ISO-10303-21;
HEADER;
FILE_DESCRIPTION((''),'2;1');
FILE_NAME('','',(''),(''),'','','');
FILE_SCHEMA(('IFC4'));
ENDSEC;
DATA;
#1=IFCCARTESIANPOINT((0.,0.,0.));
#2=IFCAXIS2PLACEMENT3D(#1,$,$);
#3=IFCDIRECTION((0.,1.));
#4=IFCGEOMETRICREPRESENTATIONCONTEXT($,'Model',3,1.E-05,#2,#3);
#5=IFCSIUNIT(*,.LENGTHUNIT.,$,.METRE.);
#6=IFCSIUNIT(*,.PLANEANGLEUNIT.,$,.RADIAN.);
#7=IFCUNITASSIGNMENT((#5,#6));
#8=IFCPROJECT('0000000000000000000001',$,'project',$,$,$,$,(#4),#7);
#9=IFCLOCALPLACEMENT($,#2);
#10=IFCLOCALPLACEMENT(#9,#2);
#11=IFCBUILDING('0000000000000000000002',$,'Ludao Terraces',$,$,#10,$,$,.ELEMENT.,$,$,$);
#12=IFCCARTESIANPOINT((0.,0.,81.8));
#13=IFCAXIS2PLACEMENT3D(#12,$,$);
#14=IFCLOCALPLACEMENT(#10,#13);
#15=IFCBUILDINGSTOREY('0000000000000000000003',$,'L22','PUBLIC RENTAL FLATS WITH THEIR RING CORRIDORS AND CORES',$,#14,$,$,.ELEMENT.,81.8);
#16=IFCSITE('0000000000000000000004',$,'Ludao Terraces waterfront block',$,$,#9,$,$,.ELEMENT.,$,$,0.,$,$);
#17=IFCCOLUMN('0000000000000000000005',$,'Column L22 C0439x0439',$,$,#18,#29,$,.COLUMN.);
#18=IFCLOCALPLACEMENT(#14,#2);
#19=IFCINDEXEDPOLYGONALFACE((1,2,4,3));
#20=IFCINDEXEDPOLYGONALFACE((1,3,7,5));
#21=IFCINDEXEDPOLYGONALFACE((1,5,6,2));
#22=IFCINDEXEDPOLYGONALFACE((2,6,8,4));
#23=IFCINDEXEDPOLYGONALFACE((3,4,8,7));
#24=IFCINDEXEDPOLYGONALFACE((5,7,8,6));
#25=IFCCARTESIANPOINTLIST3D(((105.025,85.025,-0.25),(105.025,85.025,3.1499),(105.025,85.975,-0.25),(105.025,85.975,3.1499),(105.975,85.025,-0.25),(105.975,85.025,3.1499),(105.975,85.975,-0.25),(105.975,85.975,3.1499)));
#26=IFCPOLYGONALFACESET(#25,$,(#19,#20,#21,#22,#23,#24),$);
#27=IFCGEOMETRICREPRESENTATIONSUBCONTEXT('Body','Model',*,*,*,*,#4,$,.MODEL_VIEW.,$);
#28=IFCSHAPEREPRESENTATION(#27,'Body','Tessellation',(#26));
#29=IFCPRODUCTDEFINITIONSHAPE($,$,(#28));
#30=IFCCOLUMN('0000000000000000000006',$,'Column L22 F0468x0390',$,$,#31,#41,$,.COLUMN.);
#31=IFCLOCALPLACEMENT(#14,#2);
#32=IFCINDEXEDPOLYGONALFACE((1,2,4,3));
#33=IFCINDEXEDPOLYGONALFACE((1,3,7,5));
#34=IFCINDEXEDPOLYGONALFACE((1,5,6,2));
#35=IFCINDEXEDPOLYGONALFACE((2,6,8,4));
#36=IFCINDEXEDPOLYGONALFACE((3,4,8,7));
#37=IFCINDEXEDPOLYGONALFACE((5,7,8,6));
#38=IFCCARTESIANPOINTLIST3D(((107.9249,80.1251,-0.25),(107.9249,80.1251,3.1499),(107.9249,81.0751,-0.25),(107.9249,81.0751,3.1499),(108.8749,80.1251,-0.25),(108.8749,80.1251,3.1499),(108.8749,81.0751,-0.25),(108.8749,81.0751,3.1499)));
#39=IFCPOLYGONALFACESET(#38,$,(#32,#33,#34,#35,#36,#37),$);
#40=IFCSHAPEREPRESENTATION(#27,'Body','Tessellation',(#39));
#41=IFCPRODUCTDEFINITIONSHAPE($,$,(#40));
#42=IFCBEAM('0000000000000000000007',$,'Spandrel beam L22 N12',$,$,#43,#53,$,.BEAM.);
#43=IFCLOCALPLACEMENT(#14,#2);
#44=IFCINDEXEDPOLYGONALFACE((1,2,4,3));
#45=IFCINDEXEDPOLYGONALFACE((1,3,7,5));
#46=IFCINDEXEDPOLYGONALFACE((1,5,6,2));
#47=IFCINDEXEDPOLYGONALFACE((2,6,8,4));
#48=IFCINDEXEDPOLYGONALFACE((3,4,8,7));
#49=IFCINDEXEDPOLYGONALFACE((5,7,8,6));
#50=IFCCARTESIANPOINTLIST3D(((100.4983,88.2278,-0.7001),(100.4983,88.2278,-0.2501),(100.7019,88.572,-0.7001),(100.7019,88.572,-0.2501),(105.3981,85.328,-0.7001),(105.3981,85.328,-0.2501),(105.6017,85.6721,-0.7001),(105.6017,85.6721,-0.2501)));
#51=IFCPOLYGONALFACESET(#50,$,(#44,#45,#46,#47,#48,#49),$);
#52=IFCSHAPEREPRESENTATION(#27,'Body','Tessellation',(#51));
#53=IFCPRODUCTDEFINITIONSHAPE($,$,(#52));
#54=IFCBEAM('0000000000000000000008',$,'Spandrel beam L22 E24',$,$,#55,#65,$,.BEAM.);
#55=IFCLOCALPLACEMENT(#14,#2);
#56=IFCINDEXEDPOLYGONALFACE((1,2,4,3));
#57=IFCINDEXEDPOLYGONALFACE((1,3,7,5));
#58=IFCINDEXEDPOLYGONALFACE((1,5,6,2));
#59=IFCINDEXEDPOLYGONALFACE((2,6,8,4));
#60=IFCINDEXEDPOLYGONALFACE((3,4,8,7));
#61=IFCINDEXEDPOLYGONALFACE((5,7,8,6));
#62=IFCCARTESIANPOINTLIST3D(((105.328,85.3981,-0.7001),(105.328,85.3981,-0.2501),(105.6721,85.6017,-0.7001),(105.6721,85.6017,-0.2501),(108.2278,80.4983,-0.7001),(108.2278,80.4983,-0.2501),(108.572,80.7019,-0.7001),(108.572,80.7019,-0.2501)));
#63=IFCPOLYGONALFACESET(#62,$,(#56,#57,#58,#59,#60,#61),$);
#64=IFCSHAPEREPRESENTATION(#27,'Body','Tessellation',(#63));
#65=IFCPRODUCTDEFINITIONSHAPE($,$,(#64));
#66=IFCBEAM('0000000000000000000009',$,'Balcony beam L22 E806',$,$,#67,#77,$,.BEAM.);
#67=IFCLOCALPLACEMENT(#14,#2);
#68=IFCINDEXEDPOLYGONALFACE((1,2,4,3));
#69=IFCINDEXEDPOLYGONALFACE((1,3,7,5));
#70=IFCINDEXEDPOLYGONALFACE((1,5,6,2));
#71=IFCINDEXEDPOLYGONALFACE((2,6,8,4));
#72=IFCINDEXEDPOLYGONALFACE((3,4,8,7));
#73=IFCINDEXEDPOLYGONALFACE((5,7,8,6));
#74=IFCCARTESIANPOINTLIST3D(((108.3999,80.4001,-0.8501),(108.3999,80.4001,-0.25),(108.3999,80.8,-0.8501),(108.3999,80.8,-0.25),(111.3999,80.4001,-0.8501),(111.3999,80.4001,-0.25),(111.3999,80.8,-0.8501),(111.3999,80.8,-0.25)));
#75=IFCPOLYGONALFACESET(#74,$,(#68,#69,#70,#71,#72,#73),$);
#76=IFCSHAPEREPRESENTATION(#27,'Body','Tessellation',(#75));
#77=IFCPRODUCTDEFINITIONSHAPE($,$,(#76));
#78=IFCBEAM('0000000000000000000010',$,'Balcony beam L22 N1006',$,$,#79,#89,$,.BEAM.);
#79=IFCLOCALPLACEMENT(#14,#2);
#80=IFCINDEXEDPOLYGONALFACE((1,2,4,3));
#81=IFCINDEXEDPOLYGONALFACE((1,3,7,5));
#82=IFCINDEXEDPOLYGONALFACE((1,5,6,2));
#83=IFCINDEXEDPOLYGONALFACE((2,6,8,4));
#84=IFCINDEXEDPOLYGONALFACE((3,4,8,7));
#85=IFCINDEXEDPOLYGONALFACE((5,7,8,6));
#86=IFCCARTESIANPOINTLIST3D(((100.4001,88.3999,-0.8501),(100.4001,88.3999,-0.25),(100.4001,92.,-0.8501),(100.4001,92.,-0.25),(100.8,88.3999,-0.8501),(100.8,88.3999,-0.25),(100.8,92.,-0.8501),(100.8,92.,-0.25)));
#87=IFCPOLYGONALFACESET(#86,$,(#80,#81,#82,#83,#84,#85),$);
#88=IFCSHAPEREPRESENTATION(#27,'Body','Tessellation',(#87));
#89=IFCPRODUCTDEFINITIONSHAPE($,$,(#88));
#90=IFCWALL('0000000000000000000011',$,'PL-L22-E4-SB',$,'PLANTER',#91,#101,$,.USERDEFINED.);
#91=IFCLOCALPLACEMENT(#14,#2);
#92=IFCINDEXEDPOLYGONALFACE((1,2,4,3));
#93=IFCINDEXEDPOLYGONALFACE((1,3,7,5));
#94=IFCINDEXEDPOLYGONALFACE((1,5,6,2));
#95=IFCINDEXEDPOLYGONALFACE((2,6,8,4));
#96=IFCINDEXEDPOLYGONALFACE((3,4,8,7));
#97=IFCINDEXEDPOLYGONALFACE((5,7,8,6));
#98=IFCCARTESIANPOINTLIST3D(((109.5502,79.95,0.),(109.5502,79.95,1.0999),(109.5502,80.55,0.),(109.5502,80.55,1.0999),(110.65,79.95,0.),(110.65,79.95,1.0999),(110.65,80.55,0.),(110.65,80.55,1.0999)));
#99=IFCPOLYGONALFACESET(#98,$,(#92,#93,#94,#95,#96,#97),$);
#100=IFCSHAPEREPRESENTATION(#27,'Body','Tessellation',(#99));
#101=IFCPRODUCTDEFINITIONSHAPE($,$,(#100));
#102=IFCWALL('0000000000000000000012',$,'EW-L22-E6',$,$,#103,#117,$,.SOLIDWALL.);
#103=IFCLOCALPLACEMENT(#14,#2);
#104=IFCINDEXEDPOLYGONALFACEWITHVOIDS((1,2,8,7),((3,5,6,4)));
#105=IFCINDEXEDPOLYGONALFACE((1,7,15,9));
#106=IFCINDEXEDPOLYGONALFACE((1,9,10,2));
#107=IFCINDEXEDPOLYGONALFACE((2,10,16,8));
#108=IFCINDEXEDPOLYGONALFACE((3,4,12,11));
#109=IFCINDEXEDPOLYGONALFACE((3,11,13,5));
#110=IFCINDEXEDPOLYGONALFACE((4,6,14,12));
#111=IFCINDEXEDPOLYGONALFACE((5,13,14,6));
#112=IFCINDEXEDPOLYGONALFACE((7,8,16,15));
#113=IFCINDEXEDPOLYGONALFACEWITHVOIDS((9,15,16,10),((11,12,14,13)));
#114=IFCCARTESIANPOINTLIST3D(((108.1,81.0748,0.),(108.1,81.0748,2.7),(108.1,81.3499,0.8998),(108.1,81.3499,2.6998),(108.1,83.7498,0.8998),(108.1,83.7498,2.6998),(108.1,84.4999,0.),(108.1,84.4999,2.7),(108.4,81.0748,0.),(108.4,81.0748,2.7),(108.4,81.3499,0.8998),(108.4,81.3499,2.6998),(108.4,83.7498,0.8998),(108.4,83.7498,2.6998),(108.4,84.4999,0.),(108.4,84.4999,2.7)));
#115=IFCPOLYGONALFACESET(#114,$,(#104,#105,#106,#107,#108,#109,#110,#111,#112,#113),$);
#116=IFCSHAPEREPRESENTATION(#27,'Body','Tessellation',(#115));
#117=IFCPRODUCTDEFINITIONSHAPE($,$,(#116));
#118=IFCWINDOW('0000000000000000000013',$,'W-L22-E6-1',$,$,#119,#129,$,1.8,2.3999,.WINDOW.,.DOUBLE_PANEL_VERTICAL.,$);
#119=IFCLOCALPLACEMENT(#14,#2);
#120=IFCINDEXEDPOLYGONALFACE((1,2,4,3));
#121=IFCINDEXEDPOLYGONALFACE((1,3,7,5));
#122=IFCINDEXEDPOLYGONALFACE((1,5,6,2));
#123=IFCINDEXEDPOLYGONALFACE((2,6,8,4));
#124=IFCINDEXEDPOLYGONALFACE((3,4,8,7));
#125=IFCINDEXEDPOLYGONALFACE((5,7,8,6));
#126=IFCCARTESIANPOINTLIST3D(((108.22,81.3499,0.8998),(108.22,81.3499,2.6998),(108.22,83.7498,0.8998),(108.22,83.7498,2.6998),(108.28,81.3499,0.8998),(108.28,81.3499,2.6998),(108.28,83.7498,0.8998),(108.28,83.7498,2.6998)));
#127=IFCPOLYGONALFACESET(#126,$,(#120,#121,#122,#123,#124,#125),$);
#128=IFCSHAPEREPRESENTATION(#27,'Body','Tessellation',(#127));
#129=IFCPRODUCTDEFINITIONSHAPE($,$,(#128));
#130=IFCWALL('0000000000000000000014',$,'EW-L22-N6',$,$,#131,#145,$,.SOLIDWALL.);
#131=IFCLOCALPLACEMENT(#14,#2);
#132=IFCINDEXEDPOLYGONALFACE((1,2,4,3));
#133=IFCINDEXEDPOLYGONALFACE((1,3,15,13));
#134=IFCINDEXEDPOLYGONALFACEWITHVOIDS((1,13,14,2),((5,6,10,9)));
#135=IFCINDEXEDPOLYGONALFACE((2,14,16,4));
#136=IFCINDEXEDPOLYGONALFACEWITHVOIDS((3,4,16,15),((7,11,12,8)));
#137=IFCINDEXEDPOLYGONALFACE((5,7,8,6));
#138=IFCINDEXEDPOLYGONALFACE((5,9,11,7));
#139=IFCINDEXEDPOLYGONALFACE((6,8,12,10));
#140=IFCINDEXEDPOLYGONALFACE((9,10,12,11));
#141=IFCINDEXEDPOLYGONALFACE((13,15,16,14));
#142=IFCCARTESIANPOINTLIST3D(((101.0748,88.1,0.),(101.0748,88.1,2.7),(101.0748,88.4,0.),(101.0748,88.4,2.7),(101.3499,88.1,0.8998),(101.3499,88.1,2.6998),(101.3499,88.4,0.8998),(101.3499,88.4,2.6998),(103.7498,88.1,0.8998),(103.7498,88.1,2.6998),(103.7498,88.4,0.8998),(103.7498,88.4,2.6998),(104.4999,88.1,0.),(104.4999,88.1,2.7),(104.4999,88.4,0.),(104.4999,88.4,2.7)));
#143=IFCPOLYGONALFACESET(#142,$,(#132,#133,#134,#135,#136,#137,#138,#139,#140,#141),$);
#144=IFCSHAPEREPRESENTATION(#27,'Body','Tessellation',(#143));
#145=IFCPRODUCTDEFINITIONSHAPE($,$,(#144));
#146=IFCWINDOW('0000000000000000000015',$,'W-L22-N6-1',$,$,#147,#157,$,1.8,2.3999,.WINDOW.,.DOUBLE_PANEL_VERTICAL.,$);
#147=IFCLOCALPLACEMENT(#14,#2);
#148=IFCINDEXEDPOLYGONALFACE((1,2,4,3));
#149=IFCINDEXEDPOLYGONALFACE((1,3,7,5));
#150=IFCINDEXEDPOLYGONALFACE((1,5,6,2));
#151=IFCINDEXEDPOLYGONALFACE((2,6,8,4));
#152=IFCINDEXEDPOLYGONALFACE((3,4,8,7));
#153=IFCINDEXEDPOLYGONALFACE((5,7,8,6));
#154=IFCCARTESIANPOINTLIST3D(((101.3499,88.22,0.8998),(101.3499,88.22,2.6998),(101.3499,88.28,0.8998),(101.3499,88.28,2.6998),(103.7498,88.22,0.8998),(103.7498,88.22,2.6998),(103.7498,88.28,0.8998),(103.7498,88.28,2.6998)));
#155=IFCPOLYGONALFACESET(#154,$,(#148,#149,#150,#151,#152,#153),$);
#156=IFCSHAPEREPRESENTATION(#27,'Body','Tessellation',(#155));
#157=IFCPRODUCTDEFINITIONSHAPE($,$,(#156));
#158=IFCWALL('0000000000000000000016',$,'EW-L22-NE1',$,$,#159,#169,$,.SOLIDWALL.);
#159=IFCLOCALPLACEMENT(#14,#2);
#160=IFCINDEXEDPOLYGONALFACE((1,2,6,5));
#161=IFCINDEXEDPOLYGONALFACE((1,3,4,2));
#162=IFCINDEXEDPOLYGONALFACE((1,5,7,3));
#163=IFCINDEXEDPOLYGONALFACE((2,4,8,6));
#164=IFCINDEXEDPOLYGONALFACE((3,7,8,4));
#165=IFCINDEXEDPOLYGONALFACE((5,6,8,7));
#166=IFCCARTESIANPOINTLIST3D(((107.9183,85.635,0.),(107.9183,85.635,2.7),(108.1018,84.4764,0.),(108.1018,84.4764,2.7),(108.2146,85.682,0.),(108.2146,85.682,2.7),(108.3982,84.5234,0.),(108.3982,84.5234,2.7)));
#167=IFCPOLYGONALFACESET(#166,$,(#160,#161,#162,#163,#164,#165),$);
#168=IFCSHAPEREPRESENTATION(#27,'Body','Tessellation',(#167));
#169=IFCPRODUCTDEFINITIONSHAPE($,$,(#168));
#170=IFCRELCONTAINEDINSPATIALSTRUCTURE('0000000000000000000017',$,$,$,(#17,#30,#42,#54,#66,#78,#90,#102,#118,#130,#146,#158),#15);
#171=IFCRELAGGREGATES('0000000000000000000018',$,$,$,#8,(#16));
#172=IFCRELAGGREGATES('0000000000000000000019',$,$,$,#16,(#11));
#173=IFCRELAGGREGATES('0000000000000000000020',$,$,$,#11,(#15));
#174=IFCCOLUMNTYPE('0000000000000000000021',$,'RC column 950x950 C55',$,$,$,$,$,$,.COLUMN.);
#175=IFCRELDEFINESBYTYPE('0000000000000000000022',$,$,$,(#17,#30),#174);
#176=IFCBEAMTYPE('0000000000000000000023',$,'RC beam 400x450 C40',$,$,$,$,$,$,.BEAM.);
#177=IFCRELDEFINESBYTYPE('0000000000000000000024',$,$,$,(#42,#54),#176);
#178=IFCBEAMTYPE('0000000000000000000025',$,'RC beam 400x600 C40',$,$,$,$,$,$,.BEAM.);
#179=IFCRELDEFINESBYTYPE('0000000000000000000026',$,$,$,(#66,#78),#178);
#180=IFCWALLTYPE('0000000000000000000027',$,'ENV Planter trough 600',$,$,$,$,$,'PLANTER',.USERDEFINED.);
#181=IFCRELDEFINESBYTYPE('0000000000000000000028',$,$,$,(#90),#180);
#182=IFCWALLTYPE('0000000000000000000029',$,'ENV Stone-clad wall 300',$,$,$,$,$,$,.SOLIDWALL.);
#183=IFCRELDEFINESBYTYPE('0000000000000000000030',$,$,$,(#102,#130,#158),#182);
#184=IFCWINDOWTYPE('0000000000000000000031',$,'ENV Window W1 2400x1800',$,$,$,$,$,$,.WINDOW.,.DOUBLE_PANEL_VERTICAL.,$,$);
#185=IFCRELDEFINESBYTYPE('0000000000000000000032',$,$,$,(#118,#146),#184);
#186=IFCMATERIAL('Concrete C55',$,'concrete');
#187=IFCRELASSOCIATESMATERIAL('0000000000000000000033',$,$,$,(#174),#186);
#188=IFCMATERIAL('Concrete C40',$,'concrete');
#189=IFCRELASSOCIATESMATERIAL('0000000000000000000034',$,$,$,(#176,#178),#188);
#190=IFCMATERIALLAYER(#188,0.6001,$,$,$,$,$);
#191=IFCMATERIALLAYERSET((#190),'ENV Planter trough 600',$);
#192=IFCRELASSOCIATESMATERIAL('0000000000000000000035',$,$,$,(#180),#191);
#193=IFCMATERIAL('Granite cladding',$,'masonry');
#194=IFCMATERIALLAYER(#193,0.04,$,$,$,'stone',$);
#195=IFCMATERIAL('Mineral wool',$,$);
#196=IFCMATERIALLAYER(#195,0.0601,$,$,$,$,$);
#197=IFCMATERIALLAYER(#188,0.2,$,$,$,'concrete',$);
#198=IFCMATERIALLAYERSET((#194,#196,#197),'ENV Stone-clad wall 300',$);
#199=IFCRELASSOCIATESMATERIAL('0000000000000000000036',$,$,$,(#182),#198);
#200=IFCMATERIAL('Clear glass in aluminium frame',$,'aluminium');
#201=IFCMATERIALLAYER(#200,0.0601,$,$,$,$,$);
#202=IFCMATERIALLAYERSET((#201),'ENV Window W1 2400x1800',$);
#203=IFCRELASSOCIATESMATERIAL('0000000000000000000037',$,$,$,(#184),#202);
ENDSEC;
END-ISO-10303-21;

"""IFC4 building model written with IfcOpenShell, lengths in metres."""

from ifc_helpers import new_model, si_unit, direction, frame, frame_2d, origin, origin_2d, place, context, subcontext, project, spatial, rectangle, extrude, material, layer, layer_set, material_profile, profile_set, type_object, element, fill, save


model = new_model("IFC4")

# Units and contexts
model_context = context("Model", 3, precision=1e-05, world=origin(), true_north=direction((0.0, 1.0)))
body_context = subcontext(model_context, "Body", "Model", "MODEL_VIEW")
ifc_project = project(units=[si_unit("LENGTHUNIT", "METRE"), si_unit("PLANEANGLEUNIT", "RADIAN")], contexts=[model_context])

# Site, building, storey
site_placement = place(None, origin())
site = spatial("IfcSite", under=ifc_project, at=site_placement, Name="Ludao Terraces waterfront block", CompositionType="ELEMENT", RefElevation=0.0)
building_placement = place(site_placement, origin())
building = spatial("IfcBuilding", under=site, at=building_placement, Name="Ludao Terraces", CompositionType="ELEMENT")
storey_placement = place(building_placement, frame((0.0, 0.0, 81.8)))
storey = spatial("IfcBuildingStorey", under=building, at=storey_placement, Name="L22", Description="PUBLIC RENTAL FLATS WITH THEIR RING CORRIDORS AND CORES", CompositionType="ELEMENT", Elevation=81.8)

# Columns
ifc_material_1 = material(Name="Concrete C55", Category="concrete")
ifc_material_profile_1 = material_profile(ifc_material_1, rectangle(XDim=0.95, YDim=0.95, at=origin_2d()), Name="950 X 950")
ifc_profile_set_1 = profile_set([ifc_material_profile_1], Name="Concrete C55")
column_type = type_object("IfcColumnType", Name="RC column 950x950 C55", PredefinedType="COLUMN", material=ifc_profile_set_1)
for number, where, z_axis, x_axis, name in (
    (1, (105.5, 85.5, -0.25), (0.0, 0.0, 1.0), (1.0, 0.0, 0.0), "Column L22 C0439x0439"),
    (2, (108.3999, 80.6001, -0.25), (0.0, 0.0, 1.0), (1.0, 0.0, 0.0), "Column L22 F0468x0390"),
):
    element("IfcColumn", number, at=place(storey_placement, frame(where, z_axis=z_axis, x_axis=x_axis)), inside=storey, type_object=column_type, Name=name, PredefinedType="COLUMN", context=body_context, shape_type="SweptSolid", body=[
        extrude(rectangle(XDim=0.95, YDim=0.95, at=origin_2d()), origin(), (0.0, 0.0, 1.0), 3.3999),
    ])

# Beams
ifc_material_2 = material(Name="Concrete C40", Category="concrete")
ifc_material_profile_2 = material_profile(ifc_material_2, rectangle(XDim=0.3999, YDim=0.45, at=origin_2d()), Name="400 X 450")
ifc_profile_set_2 = profile_set([ifc_material_profile_2], Name="Concrete C40")
beam_type_1 = type_object("IfcBeamType", Name="RC beam 400x450 C40", PredefinedType="BEAM", material=ifc_profile_set_2)
for number, where, z_axis, x_axis, name in (
    (3, (100.6001, 88.3999, -0.4751), (0.86058, -0.509316, 0.0), (0.509316, 0.86058, 0.0), "Spandrel beam L22 N12"),
    (4, (108.3999, 80.6001, -0.4751), (-0.509316, 0.86058, 0.0), (-0.86058, -0.509316, 0.0), "Spandrel beam L22 E24"),
):
    element("IfcBeam", number, at=place(storey_placement, frame(where, z_axis=z_axis, x_axis=x_axis)), inside=storey, type_object=beam_type_1, Name=name, PredefinedType="BEAM", context=body_context, shape_type="SweptSolid", body=[
        extrude(rectangle(XDim=0.3999, YDim=0.45, at=origin_2d()), origin(), (0.0, 0.0, 1.0), 5.6936),
    ])
ifc_material_profile_3 = material_profile(ifc_material_2, rectangle(XDim=0.3999, YDim=0.6001, at=origin_2d()), Name="400 X 600")
ifc_profile_set_3 = profile_set([ifc_material_profile_3], Name="Concrete C40")
beam_type_2 = type_object("IfcBeamType", Name="RC beam 400x600 C40", PredefinedType="BEAM", material=ifc_profile_set_3)
beam_1_placement = place(storey_placement, frame((108.3999, 80.6001, -0.55), z_axis=(1.0, 0.0, 0.0), x_axis=(0.0, 1.0, 0.0)))
element("IfcBeam", 5, at=beam_1_placement, inside=storey, type_object=beam_type_2, Name="Balcony beam L22 E806", PredefinedType="BEAM", context=body_context, shape_type="SweptSolid", body=[
    extrude(rectangle(XDim=0.3999, YDim=0.6001, at=origin_2d()), origin(), (0.0, 0.0, 1.0), 3.0),
])
beam_2_placement = place(storey_placement, frame((100.6001, 88.3999, -0.55), z_axis=(0.0, 1.0, 0.0), x_axis=(-1.0, 0.0, 0.0)))
element("IfcBeam", 6, at=beam_2_placement, inside=storey, type_object=beam_type_2, Name="Balcony beam L22 N1006", PredefinedType="BEAM", context=body_context, shape_type="SweptSolid", body=[
    extrude(rectangle(XDim=0.3999, YDim=0.6001, at=origin_2d()), origin(), (0.0, 0.0, 1.0), 3.6001),
])

# Wall
ifc_layer_1 = layer(ifc_material_2, 0.6001)
ifc_layer_set_1 = layer_set([ifc_layer_1], Name="ENV Planter trough 600")
wall_type_1 = type_object("IfcWallType", Name="ENV Planter trough 600", ElementType="PLANTER", PredefinedType="USERDEFINED", material=ifc_layer_set_1)
wall_1_placement = place(storey_placement, frame((110.6499, 80.25, 0.0), z_axis=(0.0, 0.0, 1.0), x_axis=(-1.0, 0.0, 0.0)))
element("IfcWall", 7, at=wall_1_placement, inside=storey, type_object=wall_type_1, Name="PL-L22-E4-SB", ObjectType="PLANTER", PredefinedType="USERDEFINED", context=body_context, shape_type="SweptSolid", body=[
    extrude(rectangle(XDim=1.0999, YDim=0.6001, at=frame_2d((0.5498, 0.0))), origin(), (0.0, 0.0, 1.0), 1.0999),
])

# Walls, openings, windows
ifc_material_3 = material(Name="Granite cladding", Category="masonry")
ifc_layer_2 = layer(ifc_material_3, 0.04, Category="stone")
ifc_material_4 = material(Name="Mineral wool")
ifc_layer_3 = layer(ifc_material_4, 0.0601)
ifc_layer_4 = layer(ifc_material_2, 0.2, Category="concrete")
ifc_layer_set_2 = layer_set([ifc_layer_2, ifc_layer_3, ifc_layer_4], Name="ENV Stone-clad wall 300")
wall_type_2 = type_object("IfcWallType", Name="ENV Stone-clad wall 300", PredefinedType="SOLIDWALL", material=ifc_layer_set_2)
wall_2_placement = place(storey_placement, frame((108.25, 81.075, 0.0), z_axis=(0.0, 0.0, 1.0), x_axis=(0.0, 1.0, 0.0)))
wall_2 = element("IfcWall", 8, at=wall_2_placement, inside=storey, type_object=wall_type_2, Name="EW-L22-E6", PredefinedType="SOLIDWALL", context=body_context, shape_type="SweptSolid", body=[
    extrude(rectangle(XDim=3.425, YDim=0.3, at=frame_2d((1.7124, 0.0))), origin(), (0.0, 0.0, 1.0), 2.7),
])
opening_1_placement = place(wall_2_placement, frame((0.2749, 0.0, 0.8999)))
opening_1 = element("IfcOpeningElement", 9, at=opening_1_placement, cuts=wall_2, PredefinedType="OPENING", context=body_context, shape_type="SweptSolid", body=[
    extrude(rectangle(XDim=2.3999, YDim=1.8, at=frame_2d((1.2, 0.8999))), frame((0.0, 0.1602, 0.0), z_axis=(0.0, -1.0, 0.0), x_axis=(1.0, 0.0, 0.0)), (0.0, 0.0, 1.0), 0.3201),
])
ifc_material_5 = material(Name="Clear glass in aluminium frame", Category="aluminium")
ifc_layer_5 = layer(ifc_material_5, 0.0601)
ifc_layer_set_3 = layer_set([ifc_layer_5], Name="ENV Window W1 2400x1800")
window_type_1 = type_object("IfcWindowType", Name="ENV Window W1 2400x1800", PartitioningType="DOUBLE_PANEL_VERTICAL", PredefinedType="WINDOW", material=ifc_layer_set_3)
window_1_placement = place(opening_1_placement, origin())
window_1 = element("IfcWindow", 10, at=window_1_placement, inside=storey, type_object=window_type_1, Name="W-L22-E6-1", OverallHeight=1.8, OverallWidth=2.3999, PartitioningType="DOUBLE_PANEL_VERTICAL", PredefinedType="WINDOW", context=body_context, shape_type="SweptSolid", body=[
    extrude(rectangle(XDim=2.3999, YDim=1.8, at=frame_2d((1.2, 0.8999))), frame((0.0, 0.03, 0.0), z_axis=(0.0, -1.0, 0.0), x_axis=(1.0, 0.0, 0.0)), (0.0, 0.0, 1.0), 0.0601),
])
fill(opening_1, window_1)
wall_3_placement = place(storey_placement, frame((101.075, 88.25, 0.0), z_axis=(0.0, 0.0, 1.0), x_axis=(1.0, 0.0, 0.0)))
wall_3 = element("IfcWall", 11, at=wall_3_placement, inside=storey, type_object=wall_type_2, Name="EW-L22-N6", PredefinedType="SOLIDWALL", context=body_context, shape_type="SweptSolid", body=[
    extrude(rectangle(XDim=3.425, YDim=0.3, at=frame_2d((1.7124, 0.0))), origin(), (0.0, 0.0, 1.0), 2.7),
])
opening_2_placement = place(wall_3_placement, frame((0.2749, 0.0, 0.8999)))
opening_2 = element("IfcOpeningElement", 12, at=opening_2_placement, cuts=wall_3, PredefinedType="OPENING", context=body_context, shape_type="SweptSolid", body=[
    extrude(rectangle(XDim=2.3999, YDim=1.8, at=frame_2d((1.2, 0.8999))), frame((0.0, 0.1602, 0.0), z_axis=(0.0, -1.0, 0.0), x_axis=(1.0, 0.0, 0.0)), (0.0, 0.0, 1.0), 0.3201),
])
window_2_placement = place(opening_2_placement, origin())
window_2 = element("IfcWindow", 13, at=window_2_placement, inside=storey, type_object=window_type_1, Name="W-L22-N6-1", OverallHeight=1.8, OverallWidth=2.3999, PartitioningType="DOUBLE_PANEL_VERTICAL", PredefinedType="WINDOW", context=body_context, shape_type="SweptSolid", body=[
    extrude(rectangle(XDim=2.3999, YDim=1.8, at=frame_2d((1.2, 0.8999))), frame((0.0, 0.03, 0.0), z_axis=(0.0, -1.0, 0.0), x_axis=(1.0, 0.0, 0.0)), (0.0, 0.0, 1.0), 0.0601),
])
fill(opening_2, window_2)

# Wall
wall_4_placement = place(storey_placement, frame((108.25, 84.5, 0.0), z_axis=(0.0, 0.0, 1.0), x_axis=(-0.156497, 0.987678, 0.0)))
element("IfcWall", 14, at=wall_4_placement, inside=storey, type_object=wall_type_2, Name="EW-L22-NE1", PredefinedType="SOLIDWALL", context=body_context, shape_type="SweptSolid", body=[
    extrude(rectangle(XDim=1.1731, YDim=0.3, at=frame_2d((0.5864, 0.0))), origin(), (0.0, 0.0, 1.0), 2.7),
])

save(model, "model.ifc")
